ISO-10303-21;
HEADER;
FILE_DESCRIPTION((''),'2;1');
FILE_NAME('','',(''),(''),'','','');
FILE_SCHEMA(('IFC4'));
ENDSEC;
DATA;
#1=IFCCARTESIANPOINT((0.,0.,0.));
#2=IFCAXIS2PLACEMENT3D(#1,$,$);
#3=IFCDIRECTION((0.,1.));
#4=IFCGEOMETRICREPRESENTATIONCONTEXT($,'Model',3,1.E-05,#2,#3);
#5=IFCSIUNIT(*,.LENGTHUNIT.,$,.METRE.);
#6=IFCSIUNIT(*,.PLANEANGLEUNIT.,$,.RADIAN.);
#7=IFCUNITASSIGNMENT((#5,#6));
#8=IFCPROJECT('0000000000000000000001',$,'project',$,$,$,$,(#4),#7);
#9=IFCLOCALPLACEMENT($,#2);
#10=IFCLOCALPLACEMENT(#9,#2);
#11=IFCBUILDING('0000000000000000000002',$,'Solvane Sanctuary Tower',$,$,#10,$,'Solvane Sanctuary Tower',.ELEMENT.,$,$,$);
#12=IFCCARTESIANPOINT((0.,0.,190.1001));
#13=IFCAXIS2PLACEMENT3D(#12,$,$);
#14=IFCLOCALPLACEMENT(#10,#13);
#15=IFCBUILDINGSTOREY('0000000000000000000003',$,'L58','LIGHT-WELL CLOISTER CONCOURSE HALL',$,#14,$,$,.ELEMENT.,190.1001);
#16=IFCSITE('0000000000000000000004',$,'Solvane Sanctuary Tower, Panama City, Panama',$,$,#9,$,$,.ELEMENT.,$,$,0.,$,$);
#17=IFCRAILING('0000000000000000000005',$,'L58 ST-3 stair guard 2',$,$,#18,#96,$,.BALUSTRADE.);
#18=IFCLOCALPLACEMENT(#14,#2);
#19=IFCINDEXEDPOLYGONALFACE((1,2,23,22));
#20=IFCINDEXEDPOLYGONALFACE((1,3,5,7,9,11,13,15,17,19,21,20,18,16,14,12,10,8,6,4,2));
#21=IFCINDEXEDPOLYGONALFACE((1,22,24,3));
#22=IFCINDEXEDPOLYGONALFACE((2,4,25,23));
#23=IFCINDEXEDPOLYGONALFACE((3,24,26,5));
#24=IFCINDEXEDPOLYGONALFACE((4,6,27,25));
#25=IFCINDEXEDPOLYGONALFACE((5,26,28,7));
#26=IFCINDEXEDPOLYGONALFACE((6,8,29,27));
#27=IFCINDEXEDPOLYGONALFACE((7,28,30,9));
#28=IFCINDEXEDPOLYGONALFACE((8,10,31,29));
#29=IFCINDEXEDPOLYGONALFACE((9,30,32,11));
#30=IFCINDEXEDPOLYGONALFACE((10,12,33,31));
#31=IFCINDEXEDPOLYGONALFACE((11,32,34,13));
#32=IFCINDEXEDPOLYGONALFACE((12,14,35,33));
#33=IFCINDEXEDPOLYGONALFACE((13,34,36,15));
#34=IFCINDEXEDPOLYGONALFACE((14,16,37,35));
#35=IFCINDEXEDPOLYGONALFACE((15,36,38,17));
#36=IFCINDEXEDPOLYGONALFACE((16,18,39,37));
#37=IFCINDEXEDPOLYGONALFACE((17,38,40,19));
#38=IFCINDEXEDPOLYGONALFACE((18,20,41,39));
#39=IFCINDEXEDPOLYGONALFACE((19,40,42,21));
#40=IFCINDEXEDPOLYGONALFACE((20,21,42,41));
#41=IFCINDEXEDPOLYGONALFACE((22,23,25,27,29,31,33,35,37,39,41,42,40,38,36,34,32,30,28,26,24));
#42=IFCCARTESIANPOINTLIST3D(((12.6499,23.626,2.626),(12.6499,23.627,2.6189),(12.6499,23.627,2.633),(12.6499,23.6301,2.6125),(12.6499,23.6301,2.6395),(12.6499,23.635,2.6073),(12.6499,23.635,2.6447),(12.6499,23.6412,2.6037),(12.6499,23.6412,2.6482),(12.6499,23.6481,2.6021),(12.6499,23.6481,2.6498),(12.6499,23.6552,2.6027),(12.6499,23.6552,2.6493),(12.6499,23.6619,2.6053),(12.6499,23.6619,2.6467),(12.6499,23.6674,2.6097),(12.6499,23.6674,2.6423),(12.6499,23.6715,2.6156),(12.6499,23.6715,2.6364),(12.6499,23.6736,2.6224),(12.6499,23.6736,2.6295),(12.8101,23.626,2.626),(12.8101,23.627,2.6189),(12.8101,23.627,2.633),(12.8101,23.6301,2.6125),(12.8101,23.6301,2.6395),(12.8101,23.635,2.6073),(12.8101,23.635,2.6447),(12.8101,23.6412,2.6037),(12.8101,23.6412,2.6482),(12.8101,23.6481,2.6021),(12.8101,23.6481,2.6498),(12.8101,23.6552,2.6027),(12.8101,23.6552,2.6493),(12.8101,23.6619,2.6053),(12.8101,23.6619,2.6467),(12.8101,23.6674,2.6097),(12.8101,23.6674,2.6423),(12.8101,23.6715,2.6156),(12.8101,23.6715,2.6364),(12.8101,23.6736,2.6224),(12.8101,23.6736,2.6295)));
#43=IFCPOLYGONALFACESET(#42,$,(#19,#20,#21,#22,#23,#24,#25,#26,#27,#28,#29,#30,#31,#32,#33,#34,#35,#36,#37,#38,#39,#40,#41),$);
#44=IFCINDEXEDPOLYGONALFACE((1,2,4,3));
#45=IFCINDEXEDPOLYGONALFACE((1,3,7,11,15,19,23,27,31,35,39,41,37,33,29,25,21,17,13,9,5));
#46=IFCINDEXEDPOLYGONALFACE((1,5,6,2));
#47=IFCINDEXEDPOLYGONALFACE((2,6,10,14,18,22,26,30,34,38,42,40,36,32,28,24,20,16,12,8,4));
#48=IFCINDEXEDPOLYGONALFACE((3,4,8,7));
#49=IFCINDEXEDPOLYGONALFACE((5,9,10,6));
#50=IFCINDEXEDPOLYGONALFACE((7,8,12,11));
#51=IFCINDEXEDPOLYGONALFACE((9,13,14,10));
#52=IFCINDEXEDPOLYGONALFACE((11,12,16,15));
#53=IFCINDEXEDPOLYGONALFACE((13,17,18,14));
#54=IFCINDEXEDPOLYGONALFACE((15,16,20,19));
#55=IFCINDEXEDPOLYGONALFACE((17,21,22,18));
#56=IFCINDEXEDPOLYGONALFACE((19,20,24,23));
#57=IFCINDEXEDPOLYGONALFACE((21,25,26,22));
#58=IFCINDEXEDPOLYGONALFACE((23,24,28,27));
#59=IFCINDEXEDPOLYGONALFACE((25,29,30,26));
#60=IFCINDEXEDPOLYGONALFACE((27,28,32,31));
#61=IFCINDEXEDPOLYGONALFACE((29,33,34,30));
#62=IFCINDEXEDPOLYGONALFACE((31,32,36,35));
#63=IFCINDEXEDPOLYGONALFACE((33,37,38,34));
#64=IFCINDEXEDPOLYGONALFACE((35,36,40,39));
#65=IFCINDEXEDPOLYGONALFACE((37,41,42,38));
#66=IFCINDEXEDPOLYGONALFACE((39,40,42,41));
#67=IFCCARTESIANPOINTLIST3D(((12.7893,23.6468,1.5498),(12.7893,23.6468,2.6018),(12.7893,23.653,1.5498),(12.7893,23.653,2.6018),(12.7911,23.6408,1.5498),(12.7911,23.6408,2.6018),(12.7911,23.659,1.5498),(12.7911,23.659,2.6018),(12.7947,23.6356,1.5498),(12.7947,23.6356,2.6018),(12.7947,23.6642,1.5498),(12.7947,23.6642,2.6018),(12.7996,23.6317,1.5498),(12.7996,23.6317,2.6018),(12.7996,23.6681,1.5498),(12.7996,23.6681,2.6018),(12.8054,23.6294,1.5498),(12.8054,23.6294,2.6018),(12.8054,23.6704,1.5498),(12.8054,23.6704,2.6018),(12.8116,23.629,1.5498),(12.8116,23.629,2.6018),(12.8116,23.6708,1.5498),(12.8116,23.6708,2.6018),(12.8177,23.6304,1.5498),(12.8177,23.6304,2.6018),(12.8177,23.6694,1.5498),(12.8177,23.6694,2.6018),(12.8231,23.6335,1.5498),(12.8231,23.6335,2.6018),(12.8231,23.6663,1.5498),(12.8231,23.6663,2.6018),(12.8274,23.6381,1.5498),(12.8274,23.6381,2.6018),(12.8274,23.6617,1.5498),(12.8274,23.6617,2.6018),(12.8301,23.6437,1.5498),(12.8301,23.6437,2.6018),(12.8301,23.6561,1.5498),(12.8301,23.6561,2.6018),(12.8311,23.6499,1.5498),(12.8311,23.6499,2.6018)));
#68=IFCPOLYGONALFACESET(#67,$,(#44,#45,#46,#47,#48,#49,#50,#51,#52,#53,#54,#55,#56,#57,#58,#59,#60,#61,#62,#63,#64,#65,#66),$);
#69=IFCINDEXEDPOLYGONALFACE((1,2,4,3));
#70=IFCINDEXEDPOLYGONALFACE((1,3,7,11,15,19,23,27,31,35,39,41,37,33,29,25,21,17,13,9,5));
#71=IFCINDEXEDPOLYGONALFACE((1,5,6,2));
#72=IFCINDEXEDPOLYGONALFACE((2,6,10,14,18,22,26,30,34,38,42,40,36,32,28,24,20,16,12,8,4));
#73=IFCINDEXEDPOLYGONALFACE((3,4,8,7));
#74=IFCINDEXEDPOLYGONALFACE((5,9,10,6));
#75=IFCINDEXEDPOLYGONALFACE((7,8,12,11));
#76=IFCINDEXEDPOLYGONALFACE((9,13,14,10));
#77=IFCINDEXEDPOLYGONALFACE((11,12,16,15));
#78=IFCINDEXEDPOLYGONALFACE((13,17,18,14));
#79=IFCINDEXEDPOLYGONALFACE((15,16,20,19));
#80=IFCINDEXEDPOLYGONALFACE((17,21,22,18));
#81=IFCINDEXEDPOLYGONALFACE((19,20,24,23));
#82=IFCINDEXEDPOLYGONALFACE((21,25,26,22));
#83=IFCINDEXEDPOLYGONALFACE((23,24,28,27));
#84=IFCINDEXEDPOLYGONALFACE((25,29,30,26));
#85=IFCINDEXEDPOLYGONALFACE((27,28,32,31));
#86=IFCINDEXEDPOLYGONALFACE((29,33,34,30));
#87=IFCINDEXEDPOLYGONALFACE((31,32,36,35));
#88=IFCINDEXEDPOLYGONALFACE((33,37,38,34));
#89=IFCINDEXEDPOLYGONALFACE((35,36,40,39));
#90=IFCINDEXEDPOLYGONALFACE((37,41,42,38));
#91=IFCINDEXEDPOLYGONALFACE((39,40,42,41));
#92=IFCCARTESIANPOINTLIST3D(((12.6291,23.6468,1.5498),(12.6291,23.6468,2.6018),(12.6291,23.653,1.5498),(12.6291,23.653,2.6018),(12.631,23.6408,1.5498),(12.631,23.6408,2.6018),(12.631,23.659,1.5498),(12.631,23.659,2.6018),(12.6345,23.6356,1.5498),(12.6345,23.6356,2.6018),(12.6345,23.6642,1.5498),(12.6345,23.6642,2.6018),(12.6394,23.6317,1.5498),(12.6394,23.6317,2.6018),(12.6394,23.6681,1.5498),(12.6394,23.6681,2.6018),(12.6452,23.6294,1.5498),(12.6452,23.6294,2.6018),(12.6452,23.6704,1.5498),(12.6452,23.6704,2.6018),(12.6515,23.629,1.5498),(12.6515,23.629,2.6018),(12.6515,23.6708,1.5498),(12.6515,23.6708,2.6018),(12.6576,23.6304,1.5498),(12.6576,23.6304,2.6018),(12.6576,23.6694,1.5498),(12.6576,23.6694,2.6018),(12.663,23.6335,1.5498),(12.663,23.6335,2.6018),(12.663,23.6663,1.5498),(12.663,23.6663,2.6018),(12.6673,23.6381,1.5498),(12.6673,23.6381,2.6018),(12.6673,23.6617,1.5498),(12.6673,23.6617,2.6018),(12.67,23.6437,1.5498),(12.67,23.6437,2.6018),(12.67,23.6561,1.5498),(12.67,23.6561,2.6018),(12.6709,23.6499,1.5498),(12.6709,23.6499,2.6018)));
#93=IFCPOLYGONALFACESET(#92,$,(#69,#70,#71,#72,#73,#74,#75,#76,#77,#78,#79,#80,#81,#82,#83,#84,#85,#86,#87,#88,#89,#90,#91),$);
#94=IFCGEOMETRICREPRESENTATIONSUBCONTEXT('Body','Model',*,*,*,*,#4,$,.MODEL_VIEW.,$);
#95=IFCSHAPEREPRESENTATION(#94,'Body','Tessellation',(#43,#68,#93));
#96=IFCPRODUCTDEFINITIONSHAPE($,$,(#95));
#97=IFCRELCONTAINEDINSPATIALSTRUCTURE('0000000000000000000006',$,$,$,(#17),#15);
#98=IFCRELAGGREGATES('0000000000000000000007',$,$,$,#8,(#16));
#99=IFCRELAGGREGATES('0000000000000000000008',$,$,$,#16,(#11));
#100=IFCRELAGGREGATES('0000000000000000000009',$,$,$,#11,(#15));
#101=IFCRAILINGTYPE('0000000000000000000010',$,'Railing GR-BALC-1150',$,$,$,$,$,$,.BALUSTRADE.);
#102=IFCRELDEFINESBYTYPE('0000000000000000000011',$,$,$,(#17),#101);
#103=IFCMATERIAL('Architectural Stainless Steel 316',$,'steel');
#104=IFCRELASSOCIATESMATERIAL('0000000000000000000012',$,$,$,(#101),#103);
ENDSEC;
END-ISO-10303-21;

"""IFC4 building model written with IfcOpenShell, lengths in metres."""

from ifc_helpers import new_model, si_unit, direction, frame, origin, origin_2d, place, context, subcontext, project, spatial, circle, extrude, material, type_object, element, save


model = new_model("IFC4")

# Units and contexts
model_context = context("Model", 3, precision=1e-05, world=origin(), true_north=direction((0.0, 1.0)))
body_context = subcontext(model_context, "Body", "Model", "MODEL_VIEW")
ifc_project = project(units=[si_unit("LENGTHUNIT", "METRE"), si_unit("PLANEANGLEUNIT", "RADIAN")], contexts=[model_context])

# Site, building, storey
site_placement = place(None, origin())
site = spatial("IfcSite", under=ifc_project, at=site_placement, Name="Solvane Sanctuary Tower, Panama City, Panama", CompositionType="ELEMENT", RefElevation=0.0)
building_placement = place(site_placement, origin())
building = spatial("IfcBuilding", under=site, at=building_placement, Name="Solvane Sanctuary Tower", LongName="Solvane Sanctuary Tower", CompositionType="ELEMENT")
storey_placement = place(building_placement, frame((0.0, 0.0, 190.1001)))
storey = spatial("IfcBuildingStorey", under=building, at=storey_placement, Name="L58", Description="LIGHT-WELL CLOISTER CONCOURSE HALL", CompositionType="ELEMENT", Elevation=190.1001)

# Railing
ifc_material_1 = material(Name="Architectural Stainless Steel 316", Category="steel")
railing_type_1 = type_object("IfcRailingType", Name="Railing GR-BALC-1150", PredefinedType="BALUSTRADE", material=ifc_material_1)
railing_1_placement = place(storey_placement, frame((12.8101, 23.6499, 1.5498)))
element("IfcRailing", 1, at=railing_1_placement, inside=storey, type_object=railing_type_1, Name="L58 ST-3 stair guard 2", PredefinedType="BALUSTRADE", context=body_context, shape_type="SweptSolid", body=[
    extrude(circle(Radius=0.0239, at=origin_2d()), frame((0.0, 0.0, 1.0762), z_axis=(-1.0, 0.0, 0.0), x_axis=(0.0, -1.0, 0.0)), (0.0, 0.0, 1.0), 0.1602),
    extrude(circle(Radius=0.021, at=origin_2d()), origin(), (0.0, 0.0, 1.0), 1.052),
    extrude(circle(Radius=0.021, at=origin_2d()), frame((-0.1602, 0.0, 0.0)), (0.0, 0.0, 1.0), 1.052),
])

save(model, "model.ifc")
